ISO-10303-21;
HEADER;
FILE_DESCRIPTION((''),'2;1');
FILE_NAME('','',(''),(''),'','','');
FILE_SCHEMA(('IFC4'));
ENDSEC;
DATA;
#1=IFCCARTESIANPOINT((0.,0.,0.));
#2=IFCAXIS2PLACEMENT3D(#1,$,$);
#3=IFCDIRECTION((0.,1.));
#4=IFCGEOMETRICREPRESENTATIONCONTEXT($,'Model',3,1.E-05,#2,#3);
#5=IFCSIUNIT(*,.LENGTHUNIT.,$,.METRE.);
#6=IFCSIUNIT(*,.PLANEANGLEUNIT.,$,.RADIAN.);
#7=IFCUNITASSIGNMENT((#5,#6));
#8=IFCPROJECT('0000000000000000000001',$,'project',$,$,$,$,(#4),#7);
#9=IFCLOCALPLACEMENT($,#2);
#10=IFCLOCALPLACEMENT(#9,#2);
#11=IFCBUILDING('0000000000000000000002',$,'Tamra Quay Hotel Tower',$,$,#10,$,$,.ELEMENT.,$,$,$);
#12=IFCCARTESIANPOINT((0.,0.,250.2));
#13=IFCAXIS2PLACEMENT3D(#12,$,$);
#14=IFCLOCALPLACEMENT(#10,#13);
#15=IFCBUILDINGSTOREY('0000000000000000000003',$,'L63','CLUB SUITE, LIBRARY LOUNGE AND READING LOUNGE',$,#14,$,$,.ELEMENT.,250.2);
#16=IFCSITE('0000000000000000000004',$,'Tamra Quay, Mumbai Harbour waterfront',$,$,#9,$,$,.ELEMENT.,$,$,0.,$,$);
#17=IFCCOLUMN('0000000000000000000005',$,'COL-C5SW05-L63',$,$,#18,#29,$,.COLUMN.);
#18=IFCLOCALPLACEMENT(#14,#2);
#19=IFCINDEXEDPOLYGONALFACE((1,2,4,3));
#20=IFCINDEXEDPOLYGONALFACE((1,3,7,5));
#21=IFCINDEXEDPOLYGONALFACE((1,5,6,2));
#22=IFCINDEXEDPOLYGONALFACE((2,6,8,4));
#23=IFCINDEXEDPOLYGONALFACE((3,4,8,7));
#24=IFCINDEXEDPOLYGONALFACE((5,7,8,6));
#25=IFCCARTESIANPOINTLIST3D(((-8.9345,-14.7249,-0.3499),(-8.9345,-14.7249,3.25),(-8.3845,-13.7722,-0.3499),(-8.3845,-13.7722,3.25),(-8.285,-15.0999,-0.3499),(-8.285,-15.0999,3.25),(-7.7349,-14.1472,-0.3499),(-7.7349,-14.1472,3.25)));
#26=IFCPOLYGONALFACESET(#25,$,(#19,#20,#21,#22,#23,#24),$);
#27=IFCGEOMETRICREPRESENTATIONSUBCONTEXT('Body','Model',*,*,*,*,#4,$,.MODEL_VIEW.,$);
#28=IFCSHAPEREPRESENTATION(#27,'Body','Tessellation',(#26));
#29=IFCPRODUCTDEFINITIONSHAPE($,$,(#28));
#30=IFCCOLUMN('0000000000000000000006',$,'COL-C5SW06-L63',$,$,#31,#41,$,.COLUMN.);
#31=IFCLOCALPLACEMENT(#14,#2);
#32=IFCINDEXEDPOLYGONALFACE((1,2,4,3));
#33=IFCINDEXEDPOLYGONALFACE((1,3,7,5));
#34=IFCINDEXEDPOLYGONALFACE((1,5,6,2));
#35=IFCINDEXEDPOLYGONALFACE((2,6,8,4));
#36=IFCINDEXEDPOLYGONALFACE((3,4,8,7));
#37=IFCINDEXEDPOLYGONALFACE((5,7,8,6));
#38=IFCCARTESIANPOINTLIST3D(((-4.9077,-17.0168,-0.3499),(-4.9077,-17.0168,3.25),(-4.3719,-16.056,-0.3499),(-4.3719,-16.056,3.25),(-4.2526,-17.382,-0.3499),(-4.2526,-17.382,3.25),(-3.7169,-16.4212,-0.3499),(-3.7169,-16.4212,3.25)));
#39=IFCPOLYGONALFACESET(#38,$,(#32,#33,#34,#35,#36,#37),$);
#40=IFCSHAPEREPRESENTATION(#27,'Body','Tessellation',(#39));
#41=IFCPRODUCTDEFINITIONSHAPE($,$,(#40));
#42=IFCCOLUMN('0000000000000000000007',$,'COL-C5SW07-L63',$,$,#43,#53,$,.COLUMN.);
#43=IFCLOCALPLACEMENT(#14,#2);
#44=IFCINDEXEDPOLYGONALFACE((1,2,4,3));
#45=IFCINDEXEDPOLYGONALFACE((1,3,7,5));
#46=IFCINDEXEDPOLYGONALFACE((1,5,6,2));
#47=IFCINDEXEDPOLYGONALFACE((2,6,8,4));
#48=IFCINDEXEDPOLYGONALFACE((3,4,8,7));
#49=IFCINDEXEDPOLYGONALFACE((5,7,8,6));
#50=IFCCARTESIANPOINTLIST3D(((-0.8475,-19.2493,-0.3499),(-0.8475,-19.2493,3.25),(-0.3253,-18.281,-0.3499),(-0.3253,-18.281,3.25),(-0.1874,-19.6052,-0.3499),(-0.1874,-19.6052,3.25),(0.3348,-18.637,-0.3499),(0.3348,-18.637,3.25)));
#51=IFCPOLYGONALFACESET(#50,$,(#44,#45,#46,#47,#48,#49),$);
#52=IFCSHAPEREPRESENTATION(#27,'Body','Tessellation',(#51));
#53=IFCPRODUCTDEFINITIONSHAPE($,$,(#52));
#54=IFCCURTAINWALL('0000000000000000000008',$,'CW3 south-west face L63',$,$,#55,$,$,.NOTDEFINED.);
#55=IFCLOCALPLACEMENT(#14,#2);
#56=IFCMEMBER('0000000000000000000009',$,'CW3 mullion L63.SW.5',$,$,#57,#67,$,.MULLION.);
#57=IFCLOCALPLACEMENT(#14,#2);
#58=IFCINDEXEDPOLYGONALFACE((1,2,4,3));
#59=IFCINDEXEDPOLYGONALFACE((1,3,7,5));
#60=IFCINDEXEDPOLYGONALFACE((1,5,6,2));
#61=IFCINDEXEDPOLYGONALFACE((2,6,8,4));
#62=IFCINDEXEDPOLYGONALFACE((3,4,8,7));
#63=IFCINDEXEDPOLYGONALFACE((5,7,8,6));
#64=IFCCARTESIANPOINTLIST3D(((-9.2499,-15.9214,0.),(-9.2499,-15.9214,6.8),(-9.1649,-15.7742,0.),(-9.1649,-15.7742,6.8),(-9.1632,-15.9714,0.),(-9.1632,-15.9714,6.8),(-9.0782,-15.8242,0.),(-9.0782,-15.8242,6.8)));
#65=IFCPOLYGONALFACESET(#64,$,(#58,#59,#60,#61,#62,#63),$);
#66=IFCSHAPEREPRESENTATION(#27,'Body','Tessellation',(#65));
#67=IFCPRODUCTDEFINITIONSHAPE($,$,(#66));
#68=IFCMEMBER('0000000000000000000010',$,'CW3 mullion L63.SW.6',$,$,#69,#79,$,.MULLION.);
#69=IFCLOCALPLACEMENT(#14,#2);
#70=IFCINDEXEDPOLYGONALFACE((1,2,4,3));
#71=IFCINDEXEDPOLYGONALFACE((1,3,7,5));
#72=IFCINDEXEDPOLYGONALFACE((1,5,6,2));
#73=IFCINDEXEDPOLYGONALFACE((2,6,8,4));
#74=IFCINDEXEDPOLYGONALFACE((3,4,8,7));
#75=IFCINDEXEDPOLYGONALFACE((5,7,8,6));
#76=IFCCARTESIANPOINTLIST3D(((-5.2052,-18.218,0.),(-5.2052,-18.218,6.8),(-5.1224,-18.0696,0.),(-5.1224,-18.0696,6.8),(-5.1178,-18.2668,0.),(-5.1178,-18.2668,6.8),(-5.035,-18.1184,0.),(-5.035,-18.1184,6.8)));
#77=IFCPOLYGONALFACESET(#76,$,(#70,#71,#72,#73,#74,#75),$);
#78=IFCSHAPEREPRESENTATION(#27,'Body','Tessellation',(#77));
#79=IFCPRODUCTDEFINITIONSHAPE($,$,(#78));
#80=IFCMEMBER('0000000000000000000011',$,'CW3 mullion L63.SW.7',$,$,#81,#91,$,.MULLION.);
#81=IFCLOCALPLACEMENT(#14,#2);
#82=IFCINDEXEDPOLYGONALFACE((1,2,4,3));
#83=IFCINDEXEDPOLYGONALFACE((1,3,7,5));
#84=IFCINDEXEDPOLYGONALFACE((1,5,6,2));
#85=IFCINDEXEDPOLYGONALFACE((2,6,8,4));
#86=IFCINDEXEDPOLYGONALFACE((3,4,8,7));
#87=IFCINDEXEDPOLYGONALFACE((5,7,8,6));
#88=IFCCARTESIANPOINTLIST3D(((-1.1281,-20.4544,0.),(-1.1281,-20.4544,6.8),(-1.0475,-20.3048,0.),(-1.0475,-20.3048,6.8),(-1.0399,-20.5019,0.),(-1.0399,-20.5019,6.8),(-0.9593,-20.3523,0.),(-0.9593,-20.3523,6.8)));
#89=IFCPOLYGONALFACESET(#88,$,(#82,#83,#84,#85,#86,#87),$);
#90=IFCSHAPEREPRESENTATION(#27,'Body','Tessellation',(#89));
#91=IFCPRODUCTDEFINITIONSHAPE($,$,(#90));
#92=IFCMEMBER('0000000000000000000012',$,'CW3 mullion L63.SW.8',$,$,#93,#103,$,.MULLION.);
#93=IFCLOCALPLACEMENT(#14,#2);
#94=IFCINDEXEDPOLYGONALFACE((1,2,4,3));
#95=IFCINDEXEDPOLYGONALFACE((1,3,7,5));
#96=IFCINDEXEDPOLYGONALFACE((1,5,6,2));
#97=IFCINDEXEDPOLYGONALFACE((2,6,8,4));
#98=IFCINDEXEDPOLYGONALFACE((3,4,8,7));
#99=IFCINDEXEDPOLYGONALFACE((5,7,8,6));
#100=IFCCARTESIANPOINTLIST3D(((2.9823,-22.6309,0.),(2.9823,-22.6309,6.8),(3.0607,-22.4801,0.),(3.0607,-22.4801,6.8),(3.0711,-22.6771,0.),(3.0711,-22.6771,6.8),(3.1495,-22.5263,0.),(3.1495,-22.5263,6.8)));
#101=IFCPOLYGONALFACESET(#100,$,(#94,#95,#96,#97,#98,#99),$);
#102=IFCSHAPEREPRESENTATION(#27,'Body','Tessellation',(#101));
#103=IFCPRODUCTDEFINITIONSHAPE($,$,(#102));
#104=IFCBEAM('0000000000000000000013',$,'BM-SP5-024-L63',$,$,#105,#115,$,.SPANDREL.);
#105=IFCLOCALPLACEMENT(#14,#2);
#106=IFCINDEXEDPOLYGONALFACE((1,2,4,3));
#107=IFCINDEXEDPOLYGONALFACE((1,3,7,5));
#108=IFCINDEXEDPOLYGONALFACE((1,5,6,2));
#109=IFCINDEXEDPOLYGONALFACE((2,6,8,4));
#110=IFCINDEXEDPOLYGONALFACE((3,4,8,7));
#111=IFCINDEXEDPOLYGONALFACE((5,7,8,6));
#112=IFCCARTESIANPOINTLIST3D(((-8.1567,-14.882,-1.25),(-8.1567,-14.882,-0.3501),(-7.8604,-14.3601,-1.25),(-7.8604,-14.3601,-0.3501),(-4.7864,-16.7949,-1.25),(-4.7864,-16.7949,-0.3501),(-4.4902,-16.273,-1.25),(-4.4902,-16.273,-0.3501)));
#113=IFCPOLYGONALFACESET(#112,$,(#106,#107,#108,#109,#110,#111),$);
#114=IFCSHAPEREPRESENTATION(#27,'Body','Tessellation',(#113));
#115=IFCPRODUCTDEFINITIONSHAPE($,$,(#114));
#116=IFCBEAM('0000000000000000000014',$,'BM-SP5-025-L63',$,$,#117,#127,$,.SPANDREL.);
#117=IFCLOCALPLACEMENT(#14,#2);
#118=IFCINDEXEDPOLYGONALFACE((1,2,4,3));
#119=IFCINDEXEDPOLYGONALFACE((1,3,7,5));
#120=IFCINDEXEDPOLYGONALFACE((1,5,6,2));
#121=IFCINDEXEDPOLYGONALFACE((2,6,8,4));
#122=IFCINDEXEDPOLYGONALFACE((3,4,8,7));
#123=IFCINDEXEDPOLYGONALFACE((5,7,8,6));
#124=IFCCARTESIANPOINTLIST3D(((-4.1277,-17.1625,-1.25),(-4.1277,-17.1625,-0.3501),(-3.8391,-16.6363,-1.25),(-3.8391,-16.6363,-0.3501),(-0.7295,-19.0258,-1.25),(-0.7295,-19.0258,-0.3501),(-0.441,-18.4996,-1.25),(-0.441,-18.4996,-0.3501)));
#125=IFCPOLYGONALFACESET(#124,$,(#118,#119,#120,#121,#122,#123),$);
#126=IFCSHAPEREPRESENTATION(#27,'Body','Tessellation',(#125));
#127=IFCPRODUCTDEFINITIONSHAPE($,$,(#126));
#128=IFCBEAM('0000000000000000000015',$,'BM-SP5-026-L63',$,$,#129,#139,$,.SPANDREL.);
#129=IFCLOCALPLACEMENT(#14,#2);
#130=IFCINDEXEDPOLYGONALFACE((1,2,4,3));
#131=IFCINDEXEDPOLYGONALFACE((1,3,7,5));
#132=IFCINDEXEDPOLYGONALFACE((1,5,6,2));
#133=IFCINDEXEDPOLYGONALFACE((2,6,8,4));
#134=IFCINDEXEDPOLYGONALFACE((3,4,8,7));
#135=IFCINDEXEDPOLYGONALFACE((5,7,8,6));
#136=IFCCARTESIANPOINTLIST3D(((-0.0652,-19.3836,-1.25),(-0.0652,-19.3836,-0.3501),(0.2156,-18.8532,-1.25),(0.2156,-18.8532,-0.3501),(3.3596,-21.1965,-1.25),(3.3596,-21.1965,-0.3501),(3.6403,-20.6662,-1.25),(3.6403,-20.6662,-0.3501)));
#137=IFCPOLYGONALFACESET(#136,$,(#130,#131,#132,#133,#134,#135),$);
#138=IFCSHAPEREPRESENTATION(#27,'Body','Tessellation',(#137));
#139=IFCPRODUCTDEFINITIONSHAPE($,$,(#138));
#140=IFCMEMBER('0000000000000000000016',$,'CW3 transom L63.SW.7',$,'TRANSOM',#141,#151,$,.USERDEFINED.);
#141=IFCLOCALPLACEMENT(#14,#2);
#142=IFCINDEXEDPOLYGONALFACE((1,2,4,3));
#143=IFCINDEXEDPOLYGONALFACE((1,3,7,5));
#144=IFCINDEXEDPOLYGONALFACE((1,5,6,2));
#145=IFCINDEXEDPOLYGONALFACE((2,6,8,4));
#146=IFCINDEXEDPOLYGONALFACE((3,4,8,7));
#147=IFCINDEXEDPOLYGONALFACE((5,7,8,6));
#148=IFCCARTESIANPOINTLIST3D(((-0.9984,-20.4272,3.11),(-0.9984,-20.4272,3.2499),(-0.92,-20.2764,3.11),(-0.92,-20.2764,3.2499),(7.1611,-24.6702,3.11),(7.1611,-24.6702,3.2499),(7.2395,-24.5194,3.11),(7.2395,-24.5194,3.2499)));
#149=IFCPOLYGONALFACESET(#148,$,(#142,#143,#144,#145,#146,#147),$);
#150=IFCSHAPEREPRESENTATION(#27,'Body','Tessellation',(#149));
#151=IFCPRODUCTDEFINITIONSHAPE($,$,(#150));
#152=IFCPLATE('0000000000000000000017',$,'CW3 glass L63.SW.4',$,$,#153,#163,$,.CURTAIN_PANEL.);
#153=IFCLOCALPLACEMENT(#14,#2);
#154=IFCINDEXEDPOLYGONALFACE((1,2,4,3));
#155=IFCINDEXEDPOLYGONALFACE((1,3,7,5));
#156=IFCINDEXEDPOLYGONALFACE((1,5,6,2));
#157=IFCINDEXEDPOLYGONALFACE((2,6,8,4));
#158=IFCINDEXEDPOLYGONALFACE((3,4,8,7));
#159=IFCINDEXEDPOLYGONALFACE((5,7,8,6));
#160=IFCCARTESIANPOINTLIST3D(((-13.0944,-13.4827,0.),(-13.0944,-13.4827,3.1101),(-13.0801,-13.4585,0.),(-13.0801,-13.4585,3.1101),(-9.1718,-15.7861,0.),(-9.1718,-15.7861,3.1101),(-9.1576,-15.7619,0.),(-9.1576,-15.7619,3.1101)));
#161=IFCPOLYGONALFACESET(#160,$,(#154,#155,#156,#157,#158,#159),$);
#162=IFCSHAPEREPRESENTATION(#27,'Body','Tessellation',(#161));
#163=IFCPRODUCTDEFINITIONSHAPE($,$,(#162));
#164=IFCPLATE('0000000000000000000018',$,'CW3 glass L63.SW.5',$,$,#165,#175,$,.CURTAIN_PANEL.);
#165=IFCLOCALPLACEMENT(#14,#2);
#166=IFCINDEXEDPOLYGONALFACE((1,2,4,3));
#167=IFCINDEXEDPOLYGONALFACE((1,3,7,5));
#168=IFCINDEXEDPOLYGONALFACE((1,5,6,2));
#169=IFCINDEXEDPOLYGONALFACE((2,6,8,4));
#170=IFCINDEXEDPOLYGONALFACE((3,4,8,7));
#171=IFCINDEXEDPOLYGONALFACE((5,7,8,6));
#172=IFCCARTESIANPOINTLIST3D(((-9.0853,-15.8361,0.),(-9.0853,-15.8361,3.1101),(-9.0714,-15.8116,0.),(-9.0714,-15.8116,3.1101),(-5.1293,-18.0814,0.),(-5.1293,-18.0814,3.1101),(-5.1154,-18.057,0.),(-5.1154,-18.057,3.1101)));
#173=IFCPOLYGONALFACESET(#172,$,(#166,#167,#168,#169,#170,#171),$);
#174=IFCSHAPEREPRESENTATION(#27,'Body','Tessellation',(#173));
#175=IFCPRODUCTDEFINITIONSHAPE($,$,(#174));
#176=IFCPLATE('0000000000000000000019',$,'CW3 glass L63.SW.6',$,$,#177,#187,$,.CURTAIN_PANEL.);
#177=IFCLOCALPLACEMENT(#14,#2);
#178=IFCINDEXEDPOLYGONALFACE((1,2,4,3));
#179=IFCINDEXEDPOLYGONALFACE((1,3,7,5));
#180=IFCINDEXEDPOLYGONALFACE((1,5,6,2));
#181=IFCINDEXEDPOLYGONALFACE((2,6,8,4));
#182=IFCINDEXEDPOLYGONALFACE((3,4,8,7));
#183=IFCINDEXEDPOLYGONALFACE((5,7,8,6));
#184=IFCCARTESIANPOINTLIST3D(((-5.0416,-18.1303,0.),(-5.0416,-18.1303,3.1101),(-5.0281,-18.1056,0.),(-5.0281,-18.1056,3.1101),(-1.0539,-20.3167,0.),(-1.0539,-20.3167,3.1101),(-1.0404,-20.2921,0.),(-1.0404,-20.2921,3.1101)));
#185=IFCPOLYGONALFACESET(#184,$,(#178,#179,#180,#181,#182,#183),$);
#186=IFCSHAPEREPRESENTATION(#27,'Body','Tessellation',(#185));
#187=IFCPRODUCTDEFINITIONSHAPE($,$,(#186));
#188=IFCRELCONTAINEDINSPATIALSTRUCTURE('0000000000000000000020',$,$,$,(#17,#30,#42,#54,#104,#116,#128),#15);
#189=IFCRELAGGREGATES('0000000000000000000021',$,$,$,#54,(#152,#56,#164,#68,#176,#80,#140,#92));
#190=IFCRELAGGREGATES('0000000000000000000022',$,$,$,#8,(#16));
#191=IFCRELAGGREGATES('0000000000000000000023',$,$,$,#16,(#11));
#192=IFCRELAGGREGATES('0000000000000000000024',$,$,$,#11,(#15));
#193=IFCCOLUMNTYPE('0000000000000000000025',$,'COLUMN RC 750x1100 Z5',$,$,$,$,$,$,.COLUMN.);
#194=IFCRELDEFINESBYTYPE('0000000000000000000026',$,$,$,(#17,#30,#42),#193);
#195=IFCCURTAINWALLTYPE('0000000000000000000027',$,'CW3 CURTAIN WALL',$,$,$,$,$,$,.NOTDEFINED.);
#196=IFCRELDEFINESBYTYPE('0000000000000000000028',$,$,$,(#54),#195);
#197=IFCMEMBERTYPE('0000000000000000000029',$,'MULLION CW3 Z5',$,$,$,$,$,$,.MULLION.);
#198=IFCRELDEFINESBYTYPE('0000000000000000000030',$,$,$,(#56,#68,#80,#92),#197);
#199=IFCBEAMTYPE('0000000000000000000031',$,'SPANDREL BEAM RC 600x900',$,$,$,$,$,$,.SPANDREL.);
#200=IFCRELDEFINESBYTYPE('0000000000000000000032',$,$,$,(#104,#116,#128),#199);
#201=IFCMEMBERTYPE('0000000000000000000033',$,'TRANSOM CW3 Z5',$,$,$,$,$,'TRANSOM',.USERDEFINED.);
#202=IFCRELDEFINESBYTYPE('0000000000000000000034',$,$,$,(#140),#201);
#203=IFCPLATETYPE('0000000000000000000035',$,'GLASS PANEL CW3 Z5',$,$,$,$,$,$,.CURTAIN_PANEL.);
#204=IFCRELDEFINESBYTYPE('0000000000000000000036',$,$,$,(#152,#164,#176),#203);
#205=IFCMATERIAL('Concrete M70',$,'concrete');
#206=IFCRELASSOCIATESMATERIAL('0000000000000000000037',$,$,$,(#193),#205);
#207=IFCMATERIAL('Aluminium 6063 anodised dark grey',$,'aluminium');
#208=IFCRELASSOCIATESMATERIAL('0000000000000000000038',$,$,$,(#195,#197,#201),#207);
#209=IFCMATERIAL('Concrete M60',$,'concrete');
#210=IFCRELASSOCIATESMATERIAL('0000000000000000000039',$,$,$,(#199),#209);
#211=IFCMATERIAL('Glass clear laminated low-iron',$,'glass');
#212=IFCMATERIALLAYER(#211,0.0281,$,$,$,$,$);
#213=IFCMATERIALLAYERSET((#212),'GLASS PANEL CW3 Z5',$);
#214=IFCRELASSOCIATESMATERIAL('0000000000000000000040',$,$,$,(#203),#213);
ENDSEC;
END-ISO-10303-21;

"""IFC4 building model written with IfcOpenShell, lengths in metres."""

from ifc_helpers import new_model, si_unit, direction, frame, origin, origin_2d, place, context, subcontext, project, spatial, rectangle, extrude, material, layer, layer_set, material_profile, profile_set, type_object, element, aggregate, save


model = new_model("IFC4")

# Units and contexts
model_context = context("Model", 3, precision=1e-05, world=origin(), true_north=direction((0.0, 1.0)))
body_context = subcontext(model_context, "Body", "Model", "MODEL_VIEW")
ifc_project = project(units=[si_unit("LENGTHUNIT", "METRE"), si_unit("PLANEANGLEUNIT", "RADIAN")], contexts=[model_context])

# Site, building, storey
site_placement = place(None, origin())
site = spatial("IfcSite", under=ifc_project, at=site_placement, Name="Tamra Quay, Mumbai Harbour waterfront", CompositionType="ELEMENT", RefElevation=0.0)
building_placement = place(site_placement, origin())
building = spatial("IfcBuilding", under=site, at=building_placement, Name="Tamra Quay Hotel Tower", CompositionType="ELEMENT")
storey_placement = place(building_placement, frame((0.0, 0.0, 250.2)))
storey = spatial("IfcBuildingStorey", under=building, at=storey_placement, Name="L63", Description="CLUB SUITE, LIBRARY LOUNGE AND READING LOUNGE", CompositionType="ELEMENT", Elevation=250.2)

# Columns
ifc_material_1 = material(Name="Concrete M70", Category="concrete")
ifc_material_profile_1 = material_profile(ifc_material_1, rectangle(XDim=1.1001, YDim=0.75, at=origin_2d()), Name="COLUMN RC 750x1100 Z5")
ifc_profile_set_1 = profile_set([ifc_material_profile_1], Name="Concrete M70")
column_type = type_object("IfcColumnType", Name="COLUMN RC 750x1100 Z5", PredefinedType="COLUMN", material=ifc_profile_set_1)
for number, where, z_axis, x_axis, name in (
    (1, (-8.3347, -14.436, -0.3499), (0.0, 0.0, 1.0), (0.5, 0.866025, 0.0), "COL-C5SW05-L63"),
    (2, (-4.3123, -16.719, -0.3499), (0.0, 0.0, 1.0), (0.486989, 0.873408, 0.0), "COL-C5SW06-L63"),
    (3, (-0.2563, -18.9431, -0.3499), (0.0, 0.0, 1.0), (0.474651, 0.880174, 0.0), "COL-C5SW07-L63"),
):
    element("IfcColumn", number, at=place(storey_placement, frame(where, z_axis=z_axis, x_axis=x_axis)), inside=storey, type_object=column_type, Name=name, PredefinedType="COLUMN", context=body_context, shape_type="SweptSolid", body=[
        extrude(rectangle(XDim=1.1001, YDim=0.75, at=origin_2d()), origin(), (0.0, 0.0, 1.0), 3.5999),
    ])

# Curtain wall, members
ifc_material_2 = material(Name="Aluminium 6063 anodised dark grey", Category="aluminium")
curtain_wall_type = type_object("IfcCurtainWallType", Name="CW3 CURTAIN WALL", PredefinedType="NOTDEFINED", material=ifc_material_2)
curtain_wall_placement = place(storey_placement, origin())
curtain_wall = element("IfcCurtainWall", 4, at=curtain_wall_placement, inside=storey, type_object=curtain_wall_type, Name="CW3 south-west face L63", PredefinedType="NOTDEFINED")
ifc_material_profile_2 = material_profile(ifc_material_2, rectangle(XDim=0.1699, YDim=0.1001, at=origin_2d()), Name="MULLION 100X170")
ifc_profile_set_2 = profile_set([ifc_material_profile_2], Name="Aluminium 6063 anodised dark grey")
member_type_1 = type_object("IfcMemberType", Name="MULLION CW3 Z5", PredefinedType="MULLION", material=ifc_profile_set_2)
member_1_placement = place(storey_placement, frame((-9.1641, -15.8728, 0.0), z_axis=(0.0, 0.0, 1.0), x_axis=(-0.5, -0.866025, 0.0)))
member_1 = element("IfcMember", 5, at=member_1_placement, type_object=member_type_1, Name="CW3 mullion L63.SW.5", PredefinedType="MULLION", context=body_context, shape_type="SweptSolid", body=[
    extrude(rectangle(XDim=0.1699, YDim=0.1001, at=origin_2d()), origin(), (0.0, 0.0, 1.0), 6.8),
])
member_2_placement = place(storey_placement, frame((-5.1201, -18.1682, 0.0), z_axis=(0.0, 0.0, 1.0), x_axis=(-0.487204, -0.873288, 0.0)))
member_2 = element("IfcMember", 6, at=member_2_placement, type_object=member_type_1, Name="CW3 mullion L63.SW.6", PredefinedType="MULLION", context=body_context, shape_type="SweptSolid", body=[
    extrude(rectangle(XDim=0.1699, YDim=0.1001, at=origin_2d()), origin(), (0.0, 0.0, 1.0), 6.8),
])
member_3_placement = place(storey_placement, frame((-1.0437, -20.4033, 0.0), z_axis=(0.0, 0.0, 1.0), x_axis=(-0.474319, -0.880353, 0.0)))
member_3 = element("IfcMember", 7, at=member_3_placement, type_object=member_type_1, Name="CW3 mullion L63.SW.7", PredefinedType="MULLION", context=body_context, shape_type="SweptSolid", body=[
    extrude(rectangle(XDim=0.1699, YDim=0.1001, at=origin_2d()), origin(), (0.0, 0.0, 1.0), 6.8),
])
member_4_placement = place(storey_placement, frame((3.0659, -22.5786, 0.0), z_axis=(0.0, 0.0, 1.0), x_axis=(-0.461344, -0.887221, 0.0)))
member_4 = element("IfcMember", 8, at=member_4_placement, type_object=member_type_1, Name="CW3 mullion L63.SW.8", PredefinedType="MULLION", context=body_context, shape_type="SweptSolid", body=[
    extrude(rectangle(XDim=0.1699, YDim=0.1001, at=origin_2d()), origin(), (0.0, 0.0, 1.0), 6.8),
])

# Beams
ifc_material_3 = material(Name="Concrete M60", Category="concrete")
ifc_material_profile_3 = material_profile(ifc_material_3, rectangle(XDim=0.6001, YDim=0.8999, at=origin_2d()), Name="SPANDREL BEAM RC 600x900")
ifc_profile_set_3 = profile_set([ifc_material_profile_3], Name="Concrete M60")
beam_type = type_object("IfcBeamType", Name="SPANDREL BEAM RC 600x900", PredefinedType="SPANDREL", material=ifc_profile_set_3)
beam_1_placement = place(storey_placement, frame((-8.0085, -14.6211, -0.8), z_axis=(0.869678, -0.49362, 0.0), x_axis=(0.49362, 0.869678, 0.0)))
element("IfcBeam", 9, at=beam_1_placement, inside=storey, type_object=beam_type, Name="BM-SP5-024-L63", PredefinedType="SPANDREL", context=body_context, shape_type="SweptSolid", body=[
    extrude(rectangle(XDim=0.6001, YDim=0.8999, at=origin_2d()), origin(), (0.0, 0.0, 1.0), 3.8752),
])
beam_2_placement = place(storey_placement, frame((-3.9834, -16.8994, -0.8), z_axis=(0.876839, -0.480784, 0.0), x_axis=(0.480784, 0.876839, 0.0)))
element("IfcBeam", 10, at=beam_2_placement, inside=storey, type_object=beam_type, Name="BM-SP5-025-L63", PredefinedType="SPANDREL", context=body_context, shape_type="SweptSolid", body=[
    extrude(rectangle(XDim=0.6001, YDim=0.8999, at=origin_2d()), origin(), (0.0, 0.0, 1.0), 3.8755),
])
beam_3_placement = place(storey_placement, frame((0.0752, -19.1184, -0.8), z_axis=(0.883803, -0.467859, 0.0), x_axis=(0.467859, 0.883803, 0.0)))
element("IfcBeam", 11, at=beam_3_placement, inside=storey, type_object=beam_type, Name="BM-SP5-026-L63", PredefinedType="SPANDREL", context=body_context, shape_type="SweptSolid", body=[
    extrude(rectangle(XDim=0.6001, YDim=0.8999, at=origin_2d()), origin(), (0.0, 0.0, 1.0), 3.875),
])

# Member
ifc_material_profile_4 = material_profile(ifc_material_2, rectangle(XDim=0.1699, YDim=0.1399, at=origin_2d()), Name="TRANSOM 170X140")
ifc_profile_set_4 = profile_set([ifc_material_profile_4], Name="Aluminium 6063 anodised dark grey")
member_type_2 = type_object("IfcMemberType", Name="TRANSOM CW3 Z5", ElementType="TRANSOM", PredefinedType="USERDEFINED", material=ifc_profile_set_4)
member_5_placement = place(storey_placement, frame((-0.9592, -20.3518, 3.1799), z_axis=(0.887216, -0.461354, 0.0), x_axis=(0.461354, 0.887216, 0.0)))
member_5 = element("IfcMember", 12, at=member_5_placement, type_object=member_type_2, Name="CW3 transom L63.SW.7", ObjectType="TRANSOM", PredefinedType="USERDEFINED", context=body_context, shape_type="SweptSolid", body=[
    extrude(rectangle(XDim=0.1699, YDim=0.1399, at=origin_2d()), origin(), (0.0, 0.0, 1.0), 9.1968),
])

# Plates
ifc_material_4 = material(Name="Glass clear laminated low-iron", Category="glass")
ifc_layer_1 = layer(ifc_material_4, 0.0281)
ifc_layer_set_1 = layer_set([ifc_layer_1], Name="GLASS PANEL CW3 Z5")
plate_type = type_object("IfcPlateType", Name="GLASS PANEL CW3 Z5", PredefinedType="CURTAIN_PANEL", material=ifc_layer_set_1)
plate_1_placement = place(storey_placement, frame((-11.126, -14.6223, 0.0), z_axis=(0.0, 0.0, 1.0), x_axis=(0.862321, -0.506362, 0.0)))
plate_1 = element("IfcPlate", 13, at=plate_1_placement, type_object=plate_type, Name="CW3 glass L63.SW.4", PredefinedType="CURTAIN_PANEL", context=body_context, shape_type="SweptSolid", body=[
    extrude(rectangle(XDim=4.5488, YDim=0.0281, at=origin_2d()), origin(), (0.0, 0.0, 1.0), 3.1101),
])
plate_2_placement = place(storey_placement, frame((-7.1003, -16.9465, 0.0), z_axis=(0.0, 0.0, 1.0), x_axis=(0.869683, -0.493611, 0.0)))
plate_2 = element("IfcPlate", 14, at=plate_2_placement, type_object=plate_type, Name="CW3 glass L63.SW.5", PredefinedType="CURTAIN_PANEL", context=body_context, shape_type="SweptSolid", body=[
    extrude(rectangle(XDim=4.5488, YDim=0.0281, at=origin_2d()), origin(), (0.0, 0.0, 1.0), 3.1101),
])
plate_3_placement = place(storey_placement, frame((-3.041, -19.2112, 0.0), z_axis=(0.0, 0.0, 1.0), x_axis=(0.876846, -0.480771, 0.0)))
plate_3 = element("IfcPlate", 15, at=plate_3_placement, type_object=plate_type, Name="CW3 glass L63.SW.6", PredefinedType="CURTAIN_PANEL", context=body_context, shape_type="SweptSolid", body=[
    extrude(rectangle(XDim=4.5479, YDim=0.0281, at=origin_2d()), origin(), (0.0, 0.0, 1.0), 3.1101),
])
aggregate(curtain_wall, [plate_1, member_1, plate_2, member_2, plate_3, member_3, member_5, member_4])

save(model, "model.ifc")
